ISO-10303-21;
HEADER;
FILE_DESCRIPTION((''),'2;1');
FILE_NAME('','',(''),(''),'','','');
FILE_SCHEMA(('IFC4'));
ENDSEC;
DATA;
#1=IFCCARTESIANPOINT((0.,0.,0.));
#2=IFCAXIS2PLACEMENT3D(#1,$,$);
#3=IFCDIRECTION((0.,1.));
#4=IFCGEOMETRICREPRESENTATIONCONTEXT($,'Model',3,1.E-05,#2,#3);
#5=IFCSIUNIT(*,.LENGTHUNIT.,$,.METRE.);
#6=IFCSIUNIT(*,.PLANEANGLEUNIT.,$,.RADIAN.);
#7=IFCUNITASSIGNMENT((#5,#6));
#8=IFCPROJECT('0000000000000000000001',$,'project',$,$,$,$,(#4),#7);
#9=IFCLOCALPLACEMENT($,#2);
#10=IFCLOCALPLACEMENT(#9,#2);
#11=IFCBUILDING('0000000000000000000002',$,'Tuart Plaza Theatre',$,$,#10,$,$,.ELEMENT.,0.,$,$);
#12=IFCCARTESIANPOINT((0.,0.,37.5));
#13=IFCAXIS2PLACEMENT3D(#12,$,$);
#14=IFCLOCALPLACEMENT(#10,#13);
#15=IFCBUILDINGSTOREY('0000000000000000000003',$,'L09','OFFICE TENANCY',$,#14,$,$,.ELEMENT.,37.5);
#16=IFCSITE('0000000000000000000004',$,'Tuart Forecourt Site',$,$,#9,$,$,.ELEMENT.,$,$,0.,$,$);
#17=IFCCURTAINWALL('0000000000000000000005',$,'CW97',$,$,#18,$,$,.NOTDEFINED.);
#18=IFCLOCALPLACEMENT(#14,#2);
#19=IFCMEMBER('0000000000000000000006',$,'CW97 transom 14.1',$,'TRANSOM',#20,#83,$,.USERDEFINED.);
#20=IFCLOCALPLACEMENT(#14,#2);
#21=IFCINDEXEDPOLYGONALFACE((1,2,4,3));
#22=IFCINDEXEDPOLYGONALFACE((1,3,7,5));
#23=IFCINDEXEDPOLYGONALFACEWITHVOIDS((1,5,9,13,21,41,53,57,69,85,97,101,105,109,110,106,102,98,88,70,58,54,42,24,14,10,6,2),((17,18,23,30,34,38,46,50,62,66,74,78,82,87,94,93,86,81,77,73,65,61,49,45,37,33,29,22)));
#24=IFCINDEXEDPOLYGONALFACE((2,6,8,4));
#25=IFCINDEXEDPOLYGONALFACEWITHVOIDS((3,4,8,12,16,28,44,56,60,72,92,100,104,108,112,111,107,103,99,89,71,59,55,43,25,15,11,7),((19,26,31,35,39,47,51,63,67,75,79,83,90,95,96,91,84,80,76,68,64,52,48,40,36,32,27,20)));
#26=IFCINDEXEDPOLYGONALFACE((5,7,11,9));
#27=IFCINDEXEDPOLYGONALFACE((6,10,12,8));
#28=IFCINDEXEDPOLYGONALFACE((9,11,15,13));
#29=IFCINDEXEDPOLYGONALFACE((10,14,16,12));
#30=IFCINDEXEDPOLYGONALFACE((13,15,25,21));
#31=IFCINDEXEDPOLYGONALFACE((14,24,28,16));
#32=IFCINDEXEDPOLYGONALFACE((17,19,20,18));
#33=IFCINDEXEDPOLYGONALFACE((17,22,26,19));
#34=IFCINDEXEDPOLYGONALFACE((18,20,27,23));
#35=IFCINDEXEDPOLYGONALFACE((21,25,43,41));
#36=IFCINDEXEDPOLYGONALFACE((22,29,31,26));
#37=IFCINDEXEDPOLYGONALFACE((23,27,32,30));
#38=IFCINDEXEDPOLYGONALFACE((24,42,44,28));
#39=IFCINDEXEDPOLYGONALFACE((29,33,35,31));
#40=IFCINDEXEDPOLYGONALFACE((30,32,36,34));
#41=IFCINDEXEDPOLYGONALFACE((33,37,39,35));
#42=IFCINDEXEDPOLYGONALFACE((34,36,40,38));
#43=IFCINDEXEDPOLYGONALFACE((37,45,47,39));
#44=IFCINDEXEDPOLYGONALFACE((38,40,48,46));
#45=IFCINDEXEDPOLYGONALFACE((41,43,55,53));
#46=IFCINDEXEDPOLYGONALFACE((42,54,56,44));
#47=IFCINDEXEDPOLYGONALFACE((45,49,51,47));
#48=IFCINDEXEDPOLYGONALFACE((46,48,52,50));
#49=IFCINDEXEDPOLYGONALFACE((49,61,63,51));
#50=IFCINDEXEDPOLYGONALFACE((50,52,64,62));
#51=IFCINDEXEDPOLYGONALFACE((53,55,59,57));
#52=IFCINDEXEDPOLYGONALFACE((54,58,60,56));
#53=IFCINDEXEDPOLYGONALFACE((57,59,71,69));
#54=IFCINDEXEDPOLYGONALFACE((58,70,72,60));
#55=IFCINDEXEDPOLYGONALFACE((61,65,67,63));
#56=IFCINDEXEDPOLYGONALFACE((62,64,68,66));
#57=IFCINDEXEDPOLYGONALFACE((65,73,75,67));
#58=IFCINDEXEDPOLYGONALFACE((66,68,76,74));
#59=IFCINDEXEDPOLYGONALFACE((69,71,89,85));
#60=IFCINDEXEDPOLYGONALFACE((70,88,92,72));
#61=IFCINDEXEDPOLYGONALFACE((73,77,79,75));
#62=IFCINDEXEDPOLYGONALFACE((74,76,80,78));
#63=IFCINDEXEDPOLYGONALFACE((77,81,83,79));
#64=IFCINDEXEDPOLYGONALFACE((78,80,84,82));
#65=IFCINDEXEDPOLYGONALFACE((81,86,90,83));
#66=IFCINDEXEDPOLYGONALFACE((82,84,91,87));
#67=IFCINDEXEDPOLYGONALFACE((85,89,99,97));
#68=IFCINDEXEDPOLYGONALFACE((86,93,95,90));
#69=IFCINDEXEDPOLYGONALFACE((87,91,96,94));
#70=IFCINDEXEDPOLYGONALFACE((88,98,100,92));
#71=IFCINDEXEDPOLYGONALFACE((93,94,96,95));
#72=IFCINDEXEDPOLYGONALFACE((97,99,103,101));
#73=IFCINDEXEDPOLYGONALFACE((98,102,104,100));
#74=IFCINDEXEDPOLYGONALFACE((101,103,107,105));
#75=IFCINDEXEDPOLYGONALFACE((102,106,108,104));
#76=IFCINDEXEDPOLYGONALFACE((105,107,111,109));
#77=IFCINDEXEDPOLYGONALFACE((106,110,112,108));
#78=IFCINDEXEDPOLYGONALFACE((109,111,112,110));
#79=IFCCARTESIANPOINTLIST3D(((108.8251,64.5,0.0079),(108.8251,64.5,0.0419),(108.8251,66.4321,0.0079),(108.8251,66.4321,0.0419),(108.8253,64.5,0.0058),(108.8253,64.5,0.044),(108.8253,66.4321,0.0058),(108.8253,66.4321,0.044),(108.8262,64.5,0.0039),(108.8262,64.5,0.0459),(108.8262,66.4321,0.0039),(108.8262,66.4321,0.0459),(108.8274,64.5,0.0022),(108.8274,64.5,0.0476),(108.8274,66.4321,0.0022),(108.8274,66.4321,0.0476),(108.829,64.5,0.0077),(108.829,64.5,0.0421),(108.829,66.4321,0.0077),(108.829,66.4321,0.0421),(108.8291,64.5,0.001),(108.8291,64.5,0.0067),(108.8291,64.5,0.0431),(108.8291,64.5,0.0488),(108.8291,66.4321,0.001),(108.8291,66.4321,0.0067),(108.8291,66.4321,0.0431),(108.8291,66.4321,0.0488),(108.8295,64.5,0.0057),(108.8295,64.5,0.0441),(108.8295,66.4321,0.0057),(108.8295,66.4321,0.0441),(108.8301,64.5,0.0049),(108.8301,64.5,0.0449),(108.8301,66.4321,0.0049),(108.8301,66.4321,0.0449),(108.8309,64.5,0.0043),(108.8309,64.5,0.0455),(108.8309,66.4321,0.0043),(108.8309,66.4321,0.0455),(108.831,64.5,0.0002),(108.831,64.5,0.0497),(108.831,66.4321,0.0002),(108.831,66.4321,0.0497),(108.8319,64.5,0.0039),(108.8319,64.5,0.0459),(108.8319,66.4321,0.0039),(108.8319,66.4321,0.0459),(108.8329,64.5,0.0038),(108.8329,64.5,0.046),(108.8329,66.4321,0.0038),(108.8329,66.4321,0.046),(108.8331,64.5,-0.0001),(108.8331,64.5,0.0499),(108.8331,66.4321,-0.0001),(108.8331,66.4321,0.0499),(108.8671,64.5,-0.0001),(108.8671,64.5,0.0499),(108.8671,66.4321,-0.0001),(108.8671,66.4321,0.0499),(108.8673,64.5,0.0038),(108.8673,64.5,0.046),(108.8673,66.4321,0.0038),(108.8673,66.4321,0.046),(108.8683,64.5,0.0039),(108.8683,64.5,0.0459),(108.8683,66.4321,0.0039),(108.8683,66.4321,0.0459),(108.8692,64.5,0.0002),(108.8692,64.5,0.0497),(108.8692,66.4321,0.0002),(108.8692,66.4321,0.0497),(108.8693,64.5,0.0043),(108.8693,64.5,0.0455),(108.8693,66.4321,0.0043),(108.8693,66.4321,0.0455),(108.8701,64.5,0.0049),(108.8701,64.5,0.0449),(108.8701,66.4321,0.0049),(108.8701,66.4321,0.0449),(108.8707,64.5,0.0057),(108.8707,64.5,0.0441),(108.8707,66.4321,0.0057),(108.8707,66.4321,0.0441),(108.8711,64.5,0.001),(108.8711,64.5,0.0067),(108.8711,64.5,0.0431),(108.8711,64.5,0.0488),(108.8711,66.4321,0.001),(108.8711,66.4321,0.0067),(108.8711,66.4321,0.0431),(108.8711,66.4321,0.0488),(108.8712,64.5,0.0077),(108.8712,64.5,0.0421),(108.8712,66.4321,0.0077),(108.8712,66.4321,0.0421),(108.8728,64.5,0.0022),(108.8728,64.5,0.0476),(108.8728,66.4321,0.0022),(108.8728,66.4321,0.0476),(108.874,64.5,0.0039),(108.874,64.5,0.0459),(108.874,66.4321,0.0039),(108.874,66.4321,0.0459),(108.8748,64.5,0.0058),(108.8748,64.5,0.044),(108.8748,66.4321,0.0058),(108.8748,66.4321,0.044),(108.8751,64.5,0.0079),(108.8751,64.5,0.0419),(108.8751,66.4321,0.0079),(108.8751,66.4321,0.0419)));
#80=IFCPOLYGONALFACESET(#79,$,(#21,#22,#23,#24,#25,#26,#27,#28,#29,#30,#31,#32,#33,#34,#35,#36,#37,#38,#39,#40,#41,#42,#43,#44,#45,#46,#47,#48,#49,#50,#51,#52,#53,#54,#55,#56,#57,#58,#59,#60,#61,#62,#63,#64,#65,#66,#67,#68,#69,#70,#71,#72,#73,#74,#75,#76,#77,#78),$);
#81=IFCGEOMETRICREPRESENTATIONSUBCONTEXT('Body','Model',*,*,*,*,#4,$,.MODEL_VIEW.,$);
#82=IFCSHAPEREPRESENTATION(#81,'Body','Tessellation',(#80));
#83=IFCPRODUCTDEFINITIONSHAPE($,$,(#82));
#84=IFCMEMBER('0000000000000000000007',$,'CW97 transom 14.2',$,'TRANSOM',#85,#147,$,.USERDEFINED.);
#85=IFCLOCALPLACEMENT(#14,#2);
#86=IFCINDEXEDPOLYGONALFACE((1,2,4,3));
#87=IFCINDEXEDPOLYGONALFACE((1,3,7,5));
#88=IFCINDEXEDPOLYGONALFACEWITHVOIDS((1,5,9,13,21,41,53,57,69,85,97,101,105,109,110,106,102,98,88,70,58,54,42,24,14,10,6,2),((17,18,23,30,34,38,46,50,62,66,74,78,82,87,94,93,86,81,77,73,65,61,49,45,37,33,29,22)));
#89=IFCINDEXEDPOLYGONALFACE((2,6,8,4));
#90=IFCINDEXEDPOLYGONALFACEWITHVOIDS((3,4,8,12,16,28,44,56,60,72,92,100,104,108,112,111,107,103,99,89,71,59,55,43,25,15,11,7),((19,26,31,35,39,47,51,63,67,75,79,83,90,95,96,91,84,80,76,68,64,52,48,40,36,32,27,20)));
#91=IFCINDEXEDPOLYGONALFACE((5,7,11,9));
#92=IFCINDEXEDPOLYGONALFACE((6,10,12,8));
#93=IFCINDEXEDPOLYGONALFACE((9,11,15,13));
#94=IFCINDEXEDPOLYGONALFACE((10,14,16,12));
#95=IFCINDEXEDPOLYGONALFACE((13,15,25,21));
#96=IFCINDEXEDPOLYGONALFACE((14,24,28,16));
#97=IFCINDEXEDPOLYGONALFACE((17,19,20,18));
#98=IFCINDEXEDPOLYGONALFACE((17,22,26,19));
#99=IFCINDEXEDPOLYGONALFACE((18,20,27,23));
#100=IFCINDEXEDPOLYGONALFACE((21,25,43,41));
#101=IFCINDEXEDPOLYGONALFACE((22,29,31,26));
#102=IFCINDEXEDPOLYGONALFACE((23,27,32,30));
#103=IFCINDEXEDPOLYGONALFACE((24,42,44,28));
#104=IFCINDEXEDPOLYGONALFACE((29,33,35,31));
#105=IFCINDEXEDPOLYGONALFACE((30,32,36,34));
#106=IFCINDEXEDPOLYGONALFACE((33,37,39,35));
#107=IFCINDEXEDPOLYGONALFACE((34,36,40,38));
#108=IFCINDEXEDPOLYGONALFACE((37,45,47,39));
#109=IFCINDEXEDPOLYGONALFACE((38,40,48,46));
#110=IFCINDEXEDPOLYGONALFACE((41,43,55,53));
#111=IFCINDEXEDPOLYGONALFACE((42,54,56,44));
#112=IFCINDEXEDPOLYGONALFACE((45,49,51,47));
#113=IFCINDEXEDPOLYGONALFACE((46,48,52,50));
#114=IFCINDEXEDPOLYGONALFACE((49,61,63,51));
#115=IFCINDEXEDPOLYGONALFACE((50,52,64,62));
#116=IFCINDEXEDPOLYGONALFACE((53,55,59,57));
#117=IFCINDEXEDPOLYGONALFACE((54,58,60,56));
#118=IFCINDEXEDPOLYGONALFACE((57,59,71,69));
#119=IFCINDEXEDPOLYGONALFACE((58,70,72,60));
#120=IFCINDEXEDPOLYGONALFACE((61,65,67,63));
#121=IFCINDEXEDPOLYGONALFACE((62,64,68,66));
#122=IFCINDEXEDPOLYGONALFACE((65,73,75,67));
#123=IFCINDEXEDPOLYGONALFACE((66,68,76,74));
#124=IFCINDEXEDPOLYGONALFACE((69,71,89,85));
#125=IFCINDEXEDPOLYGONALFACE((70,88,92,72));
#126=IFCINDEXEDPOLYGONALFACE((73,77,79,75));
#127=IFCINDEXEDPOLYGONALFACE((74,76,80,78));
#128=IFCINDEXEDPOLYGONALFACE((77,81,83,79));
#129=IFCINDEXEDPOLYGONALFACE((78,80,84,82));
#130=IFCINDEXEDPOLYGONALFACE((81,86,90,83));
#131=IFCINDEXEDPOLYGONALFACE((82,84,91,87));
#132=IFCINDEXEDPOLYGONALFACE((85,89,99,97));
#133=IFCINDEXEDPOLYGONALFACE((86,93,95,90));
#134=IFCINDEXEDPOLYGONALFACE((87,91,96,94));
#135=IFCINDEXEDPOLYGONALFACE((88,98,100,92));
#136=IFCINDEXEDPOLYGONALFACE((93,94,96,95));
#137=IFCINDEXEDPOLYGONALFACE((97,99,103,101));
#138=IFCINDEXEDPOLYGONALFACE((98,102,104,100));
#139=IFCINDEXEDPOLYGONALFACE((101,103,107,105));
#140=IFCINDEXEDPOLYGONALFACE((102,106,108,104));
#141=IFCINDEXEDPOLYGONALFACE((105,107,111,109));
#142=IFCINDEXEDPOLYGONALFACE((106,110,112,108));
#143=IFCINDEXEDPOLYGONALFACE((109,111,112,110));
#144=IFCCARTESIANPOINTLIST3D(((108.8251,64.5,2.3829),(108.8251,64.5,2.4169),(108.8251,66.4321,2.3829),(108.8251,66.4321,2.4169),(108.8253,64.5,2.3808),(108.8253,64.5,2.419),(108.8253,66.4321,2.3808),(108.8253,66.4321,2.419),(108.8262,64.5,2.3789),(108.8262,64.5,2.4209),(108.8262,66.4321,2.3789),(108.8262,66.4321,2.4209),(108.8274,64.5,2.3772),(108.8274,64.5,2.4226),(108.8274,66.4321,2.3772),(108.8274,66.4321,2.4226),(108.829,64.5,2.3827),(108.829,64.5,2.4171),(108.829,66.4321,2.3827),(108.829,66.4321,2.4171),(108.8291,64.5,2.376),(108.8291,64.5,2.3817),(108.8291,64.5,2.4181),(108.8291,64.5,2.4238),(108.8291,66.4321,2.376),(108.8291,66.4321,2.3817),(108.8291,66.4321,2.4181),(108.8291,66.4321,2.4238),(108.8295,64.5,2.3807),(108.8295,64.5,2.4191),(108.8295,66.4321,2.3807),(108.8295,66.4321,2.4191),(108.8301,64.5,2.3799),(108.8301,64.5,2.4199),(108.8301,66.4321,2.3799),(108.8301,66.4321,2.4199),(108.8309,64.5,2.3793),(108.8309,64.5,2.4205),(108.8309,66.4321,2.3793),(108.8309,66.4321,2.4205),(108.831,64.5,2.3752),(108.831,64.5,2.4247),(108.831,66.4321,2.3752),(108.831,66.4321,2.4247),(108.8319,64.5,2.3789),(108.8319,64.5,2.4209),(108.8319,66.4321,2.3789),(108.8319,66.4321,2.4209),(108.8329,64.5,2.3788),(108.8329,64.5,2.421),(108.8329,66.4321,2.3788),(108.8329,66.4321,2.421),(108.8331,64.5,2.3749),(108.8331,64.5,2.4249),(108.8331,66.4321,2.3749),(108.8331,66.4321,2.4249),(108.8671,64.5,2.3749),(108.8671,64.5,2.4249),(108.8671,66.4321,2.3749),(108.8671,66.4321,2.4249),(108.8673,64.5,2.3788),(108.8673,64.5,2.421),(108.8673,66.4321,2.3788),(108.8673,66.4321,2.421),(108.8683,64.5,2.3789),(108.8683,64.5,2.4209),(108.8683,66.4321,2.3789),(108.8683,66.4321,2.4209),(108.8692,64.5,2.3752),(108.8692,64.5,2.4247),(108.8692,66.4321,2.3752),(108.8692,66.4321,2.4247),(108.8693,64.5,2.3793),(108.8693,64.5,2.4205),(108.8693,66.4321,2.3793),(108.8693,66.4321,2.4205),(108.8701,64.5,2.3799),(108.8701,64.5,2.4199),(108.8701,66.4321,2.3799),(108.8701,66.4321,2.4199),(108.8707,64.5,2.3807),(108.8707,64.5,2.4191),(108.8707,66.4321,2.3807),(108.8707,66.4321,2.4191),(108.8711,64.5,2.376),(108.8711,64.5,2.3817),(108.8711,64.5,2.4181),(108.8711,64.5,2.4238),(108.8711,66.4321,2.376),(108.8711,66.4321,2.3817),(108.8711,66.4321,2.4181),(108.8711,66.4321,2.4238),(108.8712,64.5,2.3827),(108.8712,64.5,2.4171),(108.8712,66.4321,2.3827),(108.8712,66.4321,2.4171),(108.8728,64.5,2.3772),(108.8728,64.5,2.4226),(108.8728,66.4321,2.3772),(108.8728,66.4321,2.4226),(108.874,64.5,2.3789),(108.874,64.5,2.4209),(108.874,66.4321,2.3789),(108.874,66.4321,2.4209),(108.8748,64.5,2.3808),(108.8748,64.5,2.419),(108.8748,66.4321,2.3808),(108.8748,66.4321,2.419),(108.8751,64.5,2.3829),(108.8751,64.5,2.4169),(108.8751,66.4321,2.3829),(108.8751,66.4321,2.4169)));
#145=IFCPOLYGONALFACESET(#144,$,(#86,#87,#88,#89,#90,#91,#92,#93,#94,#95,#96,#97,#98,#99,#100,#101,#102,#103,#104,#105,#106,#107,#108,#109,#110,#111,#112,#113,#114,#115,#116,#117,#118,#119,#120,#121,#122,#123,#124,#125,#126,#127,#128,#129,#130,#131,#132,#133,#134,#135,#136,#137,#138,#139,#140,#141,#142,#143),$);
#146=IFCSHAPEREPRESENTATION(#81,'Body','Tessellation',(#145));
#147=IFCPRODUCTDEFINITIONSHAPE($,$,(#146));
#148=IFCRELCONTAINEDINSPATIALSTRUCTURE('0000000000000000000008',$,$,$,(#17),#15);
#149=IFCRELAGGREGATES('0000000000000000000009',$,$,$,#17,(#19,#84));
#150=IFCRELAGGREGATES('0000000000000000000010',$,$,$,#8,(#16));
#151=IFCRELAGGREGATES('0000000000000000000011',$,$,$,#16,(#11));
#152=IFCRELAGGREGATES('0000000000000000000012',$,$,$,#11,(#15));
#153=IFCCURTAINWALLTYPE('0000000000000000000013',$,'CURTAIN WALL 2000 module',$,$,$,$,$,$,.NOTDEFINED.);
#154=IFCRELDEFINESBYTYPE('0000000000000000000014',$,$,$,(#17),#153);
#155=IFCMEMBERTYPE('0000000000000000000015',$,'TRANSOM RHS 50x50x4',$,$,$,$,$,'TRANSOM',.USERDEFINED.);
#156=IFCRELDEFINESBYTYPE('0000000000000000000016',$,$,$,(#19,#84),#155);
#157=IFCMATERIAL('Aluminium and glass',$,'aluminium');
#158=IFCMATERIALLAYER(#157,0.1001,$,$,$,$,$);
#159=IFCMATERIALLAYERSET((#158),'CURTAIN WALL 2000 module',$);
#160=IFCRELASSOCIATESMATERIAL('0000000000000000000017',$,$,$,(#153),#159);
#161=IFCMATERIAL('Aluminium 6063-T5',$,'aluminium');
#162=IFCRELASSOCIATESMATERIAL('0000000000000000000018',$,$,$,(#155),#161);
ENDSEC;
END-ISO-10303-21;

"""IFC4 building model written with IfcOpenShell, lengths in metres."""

from ifc_helpers import new_model, si_unit, direction, frame, origin, origin_2d, place, context, subcontext, project, spatial, hollow_rectangle, extrude, material, layer, layer_set, material_profile, profile_set, type_object, element, aggregate, save


model = new_model("IFC4")

# Units and contexts
model_context = context("Model", 3, precision=1e-05, world=origin(), true_north=direction((0.0, 1.0)))
body_context = subcontext(model_context, "Body", "Model", "MODEL_VIEW")
ifc_project = project(units=[si_unit("LENGTHUNIT", "METRE"), si_unit("PLANEANGLEUNIT", "RADIAN")], contexts=[model_context])

# Site, building, storey
site_placement = place(None, origin())
site = spatial("IfcSite", under=ifc_project, at=site_placement, Name="Tuart Forecourt Site", CompositionType="ELEMENT", RefElevation=0.0)
building_placement = place(site_placement, origin())
building = spatial("IfcBuilding", under=site, at=building_placement, Name="Tuart Plaza Theatre", CompositionType="ELEMENT", ElevationOfRefHeight=0.0)
storey_placement = place(building_placement, frame((0.0, 0.0, 37.5)))
storey = spatial("IfcBuildingStorey", under=building, at=storey_placement, Name="L09", Description="OFFICE TENANCY", CompositionType="ELEMENT", Elevation=37.5)

# Curtain wall, members
ifc_material_1 = material(Name="Aluminium and glass", Category="aluminium")
ifc_layer_1 = layer(ifc_material_1, 0.1001)
ifc_layer_set_1 = layer_set([ifc_layer_1], Name="CURTAIN WALL 2000 module")
curtain_wall_type = type_object("IfcCurtainWallType", Name="CURTAIN WALL 2000 module", PredefinedType="NOTDEFINED", material=ifc_layer_set_1)
curtain_wall_1_placement = place(storey_placement, origin())
curtain_wall_1 = element("IfcCurtainWall", 1, at=curtain_wall_1_placement, inside=storey, type_object=curtain_wall_type, Name="CW97", PredefinedType="NOTDEFINED")
ifc_material_2 = material(Name="Aluminium 6063-T5", Category="aluminium")
ifc_material_profile_1 = material_profile(ifc_material_2, hollow_rectangle(XDim=0.05, YDim=0.05, WallThickness=0.0039, InnerFilletRadius=0.0039, OuterFilletRadius=0.0081, at=origin_2d()), Name="RHS 50x50x4")
ifc_profile_set_1 = profile_set([ifc_material_profile_1], Name="Aluminium 6063-T5")
member_type = type_object("IfcMemberType", Name="TRANSOM RHS 50x50x4", ElementType="TRANSOM", PredefinedType="USERDEFINED", material=ifc_profile_set_1)
member_1_placement = place(storey_placement, frame((108.8501, 66.4321, 0.0249), z_axis=(0.0, -1.0, 0.0), x_axis=(1.0, 0.0, 0.0)))
member_1 = element("IfcMember", 2, at=member_1_placement, type_object=member_type, Name="CW97 transom 14.1", ObjectType="TRANSOM", PredefinedType="USERDEFINED", context=body_context, shape_type="SweptSolid", body=[
    extrude(hollow_rectangle(XDim=0.05, YDim=0.05, WallThickness=0.0039, InnerFilletRadius=0.0039, OuterFilletRadius=0.0081, at=origin_2d()), origin(), (0.0, 0.0, 1.0), 1.9321),
])
member_2_placement = place(storey_placement, frame((108.8501, 66.4321, 2.3999), z_axis=(0.0, -1.0, 0.0), x_axis=(1.0, 0.0, 0.0)))
member_2 = element("IfcMember", 3, at=member_2_placement, type_object=member_type, Name="CW97 transom 14.2", ObjectType="TRANSOM", PredefinedType="USERDEFINED", context=body_context, shape_type="SweptSolid", body=[
    extrude(hollow_rectangle(XDim=0.05, YDim=0.05, WallThickness=0.0039, InnerFilletRadius=0.0039, OuterFilletRadius=0.0081, at=origin_2d()), origin(), (0.0, 0.0, 1.0), 1.9321),
])
aggregate(curtain_wall_1, [member_1, member_2])

save(model, "model.ifc")
